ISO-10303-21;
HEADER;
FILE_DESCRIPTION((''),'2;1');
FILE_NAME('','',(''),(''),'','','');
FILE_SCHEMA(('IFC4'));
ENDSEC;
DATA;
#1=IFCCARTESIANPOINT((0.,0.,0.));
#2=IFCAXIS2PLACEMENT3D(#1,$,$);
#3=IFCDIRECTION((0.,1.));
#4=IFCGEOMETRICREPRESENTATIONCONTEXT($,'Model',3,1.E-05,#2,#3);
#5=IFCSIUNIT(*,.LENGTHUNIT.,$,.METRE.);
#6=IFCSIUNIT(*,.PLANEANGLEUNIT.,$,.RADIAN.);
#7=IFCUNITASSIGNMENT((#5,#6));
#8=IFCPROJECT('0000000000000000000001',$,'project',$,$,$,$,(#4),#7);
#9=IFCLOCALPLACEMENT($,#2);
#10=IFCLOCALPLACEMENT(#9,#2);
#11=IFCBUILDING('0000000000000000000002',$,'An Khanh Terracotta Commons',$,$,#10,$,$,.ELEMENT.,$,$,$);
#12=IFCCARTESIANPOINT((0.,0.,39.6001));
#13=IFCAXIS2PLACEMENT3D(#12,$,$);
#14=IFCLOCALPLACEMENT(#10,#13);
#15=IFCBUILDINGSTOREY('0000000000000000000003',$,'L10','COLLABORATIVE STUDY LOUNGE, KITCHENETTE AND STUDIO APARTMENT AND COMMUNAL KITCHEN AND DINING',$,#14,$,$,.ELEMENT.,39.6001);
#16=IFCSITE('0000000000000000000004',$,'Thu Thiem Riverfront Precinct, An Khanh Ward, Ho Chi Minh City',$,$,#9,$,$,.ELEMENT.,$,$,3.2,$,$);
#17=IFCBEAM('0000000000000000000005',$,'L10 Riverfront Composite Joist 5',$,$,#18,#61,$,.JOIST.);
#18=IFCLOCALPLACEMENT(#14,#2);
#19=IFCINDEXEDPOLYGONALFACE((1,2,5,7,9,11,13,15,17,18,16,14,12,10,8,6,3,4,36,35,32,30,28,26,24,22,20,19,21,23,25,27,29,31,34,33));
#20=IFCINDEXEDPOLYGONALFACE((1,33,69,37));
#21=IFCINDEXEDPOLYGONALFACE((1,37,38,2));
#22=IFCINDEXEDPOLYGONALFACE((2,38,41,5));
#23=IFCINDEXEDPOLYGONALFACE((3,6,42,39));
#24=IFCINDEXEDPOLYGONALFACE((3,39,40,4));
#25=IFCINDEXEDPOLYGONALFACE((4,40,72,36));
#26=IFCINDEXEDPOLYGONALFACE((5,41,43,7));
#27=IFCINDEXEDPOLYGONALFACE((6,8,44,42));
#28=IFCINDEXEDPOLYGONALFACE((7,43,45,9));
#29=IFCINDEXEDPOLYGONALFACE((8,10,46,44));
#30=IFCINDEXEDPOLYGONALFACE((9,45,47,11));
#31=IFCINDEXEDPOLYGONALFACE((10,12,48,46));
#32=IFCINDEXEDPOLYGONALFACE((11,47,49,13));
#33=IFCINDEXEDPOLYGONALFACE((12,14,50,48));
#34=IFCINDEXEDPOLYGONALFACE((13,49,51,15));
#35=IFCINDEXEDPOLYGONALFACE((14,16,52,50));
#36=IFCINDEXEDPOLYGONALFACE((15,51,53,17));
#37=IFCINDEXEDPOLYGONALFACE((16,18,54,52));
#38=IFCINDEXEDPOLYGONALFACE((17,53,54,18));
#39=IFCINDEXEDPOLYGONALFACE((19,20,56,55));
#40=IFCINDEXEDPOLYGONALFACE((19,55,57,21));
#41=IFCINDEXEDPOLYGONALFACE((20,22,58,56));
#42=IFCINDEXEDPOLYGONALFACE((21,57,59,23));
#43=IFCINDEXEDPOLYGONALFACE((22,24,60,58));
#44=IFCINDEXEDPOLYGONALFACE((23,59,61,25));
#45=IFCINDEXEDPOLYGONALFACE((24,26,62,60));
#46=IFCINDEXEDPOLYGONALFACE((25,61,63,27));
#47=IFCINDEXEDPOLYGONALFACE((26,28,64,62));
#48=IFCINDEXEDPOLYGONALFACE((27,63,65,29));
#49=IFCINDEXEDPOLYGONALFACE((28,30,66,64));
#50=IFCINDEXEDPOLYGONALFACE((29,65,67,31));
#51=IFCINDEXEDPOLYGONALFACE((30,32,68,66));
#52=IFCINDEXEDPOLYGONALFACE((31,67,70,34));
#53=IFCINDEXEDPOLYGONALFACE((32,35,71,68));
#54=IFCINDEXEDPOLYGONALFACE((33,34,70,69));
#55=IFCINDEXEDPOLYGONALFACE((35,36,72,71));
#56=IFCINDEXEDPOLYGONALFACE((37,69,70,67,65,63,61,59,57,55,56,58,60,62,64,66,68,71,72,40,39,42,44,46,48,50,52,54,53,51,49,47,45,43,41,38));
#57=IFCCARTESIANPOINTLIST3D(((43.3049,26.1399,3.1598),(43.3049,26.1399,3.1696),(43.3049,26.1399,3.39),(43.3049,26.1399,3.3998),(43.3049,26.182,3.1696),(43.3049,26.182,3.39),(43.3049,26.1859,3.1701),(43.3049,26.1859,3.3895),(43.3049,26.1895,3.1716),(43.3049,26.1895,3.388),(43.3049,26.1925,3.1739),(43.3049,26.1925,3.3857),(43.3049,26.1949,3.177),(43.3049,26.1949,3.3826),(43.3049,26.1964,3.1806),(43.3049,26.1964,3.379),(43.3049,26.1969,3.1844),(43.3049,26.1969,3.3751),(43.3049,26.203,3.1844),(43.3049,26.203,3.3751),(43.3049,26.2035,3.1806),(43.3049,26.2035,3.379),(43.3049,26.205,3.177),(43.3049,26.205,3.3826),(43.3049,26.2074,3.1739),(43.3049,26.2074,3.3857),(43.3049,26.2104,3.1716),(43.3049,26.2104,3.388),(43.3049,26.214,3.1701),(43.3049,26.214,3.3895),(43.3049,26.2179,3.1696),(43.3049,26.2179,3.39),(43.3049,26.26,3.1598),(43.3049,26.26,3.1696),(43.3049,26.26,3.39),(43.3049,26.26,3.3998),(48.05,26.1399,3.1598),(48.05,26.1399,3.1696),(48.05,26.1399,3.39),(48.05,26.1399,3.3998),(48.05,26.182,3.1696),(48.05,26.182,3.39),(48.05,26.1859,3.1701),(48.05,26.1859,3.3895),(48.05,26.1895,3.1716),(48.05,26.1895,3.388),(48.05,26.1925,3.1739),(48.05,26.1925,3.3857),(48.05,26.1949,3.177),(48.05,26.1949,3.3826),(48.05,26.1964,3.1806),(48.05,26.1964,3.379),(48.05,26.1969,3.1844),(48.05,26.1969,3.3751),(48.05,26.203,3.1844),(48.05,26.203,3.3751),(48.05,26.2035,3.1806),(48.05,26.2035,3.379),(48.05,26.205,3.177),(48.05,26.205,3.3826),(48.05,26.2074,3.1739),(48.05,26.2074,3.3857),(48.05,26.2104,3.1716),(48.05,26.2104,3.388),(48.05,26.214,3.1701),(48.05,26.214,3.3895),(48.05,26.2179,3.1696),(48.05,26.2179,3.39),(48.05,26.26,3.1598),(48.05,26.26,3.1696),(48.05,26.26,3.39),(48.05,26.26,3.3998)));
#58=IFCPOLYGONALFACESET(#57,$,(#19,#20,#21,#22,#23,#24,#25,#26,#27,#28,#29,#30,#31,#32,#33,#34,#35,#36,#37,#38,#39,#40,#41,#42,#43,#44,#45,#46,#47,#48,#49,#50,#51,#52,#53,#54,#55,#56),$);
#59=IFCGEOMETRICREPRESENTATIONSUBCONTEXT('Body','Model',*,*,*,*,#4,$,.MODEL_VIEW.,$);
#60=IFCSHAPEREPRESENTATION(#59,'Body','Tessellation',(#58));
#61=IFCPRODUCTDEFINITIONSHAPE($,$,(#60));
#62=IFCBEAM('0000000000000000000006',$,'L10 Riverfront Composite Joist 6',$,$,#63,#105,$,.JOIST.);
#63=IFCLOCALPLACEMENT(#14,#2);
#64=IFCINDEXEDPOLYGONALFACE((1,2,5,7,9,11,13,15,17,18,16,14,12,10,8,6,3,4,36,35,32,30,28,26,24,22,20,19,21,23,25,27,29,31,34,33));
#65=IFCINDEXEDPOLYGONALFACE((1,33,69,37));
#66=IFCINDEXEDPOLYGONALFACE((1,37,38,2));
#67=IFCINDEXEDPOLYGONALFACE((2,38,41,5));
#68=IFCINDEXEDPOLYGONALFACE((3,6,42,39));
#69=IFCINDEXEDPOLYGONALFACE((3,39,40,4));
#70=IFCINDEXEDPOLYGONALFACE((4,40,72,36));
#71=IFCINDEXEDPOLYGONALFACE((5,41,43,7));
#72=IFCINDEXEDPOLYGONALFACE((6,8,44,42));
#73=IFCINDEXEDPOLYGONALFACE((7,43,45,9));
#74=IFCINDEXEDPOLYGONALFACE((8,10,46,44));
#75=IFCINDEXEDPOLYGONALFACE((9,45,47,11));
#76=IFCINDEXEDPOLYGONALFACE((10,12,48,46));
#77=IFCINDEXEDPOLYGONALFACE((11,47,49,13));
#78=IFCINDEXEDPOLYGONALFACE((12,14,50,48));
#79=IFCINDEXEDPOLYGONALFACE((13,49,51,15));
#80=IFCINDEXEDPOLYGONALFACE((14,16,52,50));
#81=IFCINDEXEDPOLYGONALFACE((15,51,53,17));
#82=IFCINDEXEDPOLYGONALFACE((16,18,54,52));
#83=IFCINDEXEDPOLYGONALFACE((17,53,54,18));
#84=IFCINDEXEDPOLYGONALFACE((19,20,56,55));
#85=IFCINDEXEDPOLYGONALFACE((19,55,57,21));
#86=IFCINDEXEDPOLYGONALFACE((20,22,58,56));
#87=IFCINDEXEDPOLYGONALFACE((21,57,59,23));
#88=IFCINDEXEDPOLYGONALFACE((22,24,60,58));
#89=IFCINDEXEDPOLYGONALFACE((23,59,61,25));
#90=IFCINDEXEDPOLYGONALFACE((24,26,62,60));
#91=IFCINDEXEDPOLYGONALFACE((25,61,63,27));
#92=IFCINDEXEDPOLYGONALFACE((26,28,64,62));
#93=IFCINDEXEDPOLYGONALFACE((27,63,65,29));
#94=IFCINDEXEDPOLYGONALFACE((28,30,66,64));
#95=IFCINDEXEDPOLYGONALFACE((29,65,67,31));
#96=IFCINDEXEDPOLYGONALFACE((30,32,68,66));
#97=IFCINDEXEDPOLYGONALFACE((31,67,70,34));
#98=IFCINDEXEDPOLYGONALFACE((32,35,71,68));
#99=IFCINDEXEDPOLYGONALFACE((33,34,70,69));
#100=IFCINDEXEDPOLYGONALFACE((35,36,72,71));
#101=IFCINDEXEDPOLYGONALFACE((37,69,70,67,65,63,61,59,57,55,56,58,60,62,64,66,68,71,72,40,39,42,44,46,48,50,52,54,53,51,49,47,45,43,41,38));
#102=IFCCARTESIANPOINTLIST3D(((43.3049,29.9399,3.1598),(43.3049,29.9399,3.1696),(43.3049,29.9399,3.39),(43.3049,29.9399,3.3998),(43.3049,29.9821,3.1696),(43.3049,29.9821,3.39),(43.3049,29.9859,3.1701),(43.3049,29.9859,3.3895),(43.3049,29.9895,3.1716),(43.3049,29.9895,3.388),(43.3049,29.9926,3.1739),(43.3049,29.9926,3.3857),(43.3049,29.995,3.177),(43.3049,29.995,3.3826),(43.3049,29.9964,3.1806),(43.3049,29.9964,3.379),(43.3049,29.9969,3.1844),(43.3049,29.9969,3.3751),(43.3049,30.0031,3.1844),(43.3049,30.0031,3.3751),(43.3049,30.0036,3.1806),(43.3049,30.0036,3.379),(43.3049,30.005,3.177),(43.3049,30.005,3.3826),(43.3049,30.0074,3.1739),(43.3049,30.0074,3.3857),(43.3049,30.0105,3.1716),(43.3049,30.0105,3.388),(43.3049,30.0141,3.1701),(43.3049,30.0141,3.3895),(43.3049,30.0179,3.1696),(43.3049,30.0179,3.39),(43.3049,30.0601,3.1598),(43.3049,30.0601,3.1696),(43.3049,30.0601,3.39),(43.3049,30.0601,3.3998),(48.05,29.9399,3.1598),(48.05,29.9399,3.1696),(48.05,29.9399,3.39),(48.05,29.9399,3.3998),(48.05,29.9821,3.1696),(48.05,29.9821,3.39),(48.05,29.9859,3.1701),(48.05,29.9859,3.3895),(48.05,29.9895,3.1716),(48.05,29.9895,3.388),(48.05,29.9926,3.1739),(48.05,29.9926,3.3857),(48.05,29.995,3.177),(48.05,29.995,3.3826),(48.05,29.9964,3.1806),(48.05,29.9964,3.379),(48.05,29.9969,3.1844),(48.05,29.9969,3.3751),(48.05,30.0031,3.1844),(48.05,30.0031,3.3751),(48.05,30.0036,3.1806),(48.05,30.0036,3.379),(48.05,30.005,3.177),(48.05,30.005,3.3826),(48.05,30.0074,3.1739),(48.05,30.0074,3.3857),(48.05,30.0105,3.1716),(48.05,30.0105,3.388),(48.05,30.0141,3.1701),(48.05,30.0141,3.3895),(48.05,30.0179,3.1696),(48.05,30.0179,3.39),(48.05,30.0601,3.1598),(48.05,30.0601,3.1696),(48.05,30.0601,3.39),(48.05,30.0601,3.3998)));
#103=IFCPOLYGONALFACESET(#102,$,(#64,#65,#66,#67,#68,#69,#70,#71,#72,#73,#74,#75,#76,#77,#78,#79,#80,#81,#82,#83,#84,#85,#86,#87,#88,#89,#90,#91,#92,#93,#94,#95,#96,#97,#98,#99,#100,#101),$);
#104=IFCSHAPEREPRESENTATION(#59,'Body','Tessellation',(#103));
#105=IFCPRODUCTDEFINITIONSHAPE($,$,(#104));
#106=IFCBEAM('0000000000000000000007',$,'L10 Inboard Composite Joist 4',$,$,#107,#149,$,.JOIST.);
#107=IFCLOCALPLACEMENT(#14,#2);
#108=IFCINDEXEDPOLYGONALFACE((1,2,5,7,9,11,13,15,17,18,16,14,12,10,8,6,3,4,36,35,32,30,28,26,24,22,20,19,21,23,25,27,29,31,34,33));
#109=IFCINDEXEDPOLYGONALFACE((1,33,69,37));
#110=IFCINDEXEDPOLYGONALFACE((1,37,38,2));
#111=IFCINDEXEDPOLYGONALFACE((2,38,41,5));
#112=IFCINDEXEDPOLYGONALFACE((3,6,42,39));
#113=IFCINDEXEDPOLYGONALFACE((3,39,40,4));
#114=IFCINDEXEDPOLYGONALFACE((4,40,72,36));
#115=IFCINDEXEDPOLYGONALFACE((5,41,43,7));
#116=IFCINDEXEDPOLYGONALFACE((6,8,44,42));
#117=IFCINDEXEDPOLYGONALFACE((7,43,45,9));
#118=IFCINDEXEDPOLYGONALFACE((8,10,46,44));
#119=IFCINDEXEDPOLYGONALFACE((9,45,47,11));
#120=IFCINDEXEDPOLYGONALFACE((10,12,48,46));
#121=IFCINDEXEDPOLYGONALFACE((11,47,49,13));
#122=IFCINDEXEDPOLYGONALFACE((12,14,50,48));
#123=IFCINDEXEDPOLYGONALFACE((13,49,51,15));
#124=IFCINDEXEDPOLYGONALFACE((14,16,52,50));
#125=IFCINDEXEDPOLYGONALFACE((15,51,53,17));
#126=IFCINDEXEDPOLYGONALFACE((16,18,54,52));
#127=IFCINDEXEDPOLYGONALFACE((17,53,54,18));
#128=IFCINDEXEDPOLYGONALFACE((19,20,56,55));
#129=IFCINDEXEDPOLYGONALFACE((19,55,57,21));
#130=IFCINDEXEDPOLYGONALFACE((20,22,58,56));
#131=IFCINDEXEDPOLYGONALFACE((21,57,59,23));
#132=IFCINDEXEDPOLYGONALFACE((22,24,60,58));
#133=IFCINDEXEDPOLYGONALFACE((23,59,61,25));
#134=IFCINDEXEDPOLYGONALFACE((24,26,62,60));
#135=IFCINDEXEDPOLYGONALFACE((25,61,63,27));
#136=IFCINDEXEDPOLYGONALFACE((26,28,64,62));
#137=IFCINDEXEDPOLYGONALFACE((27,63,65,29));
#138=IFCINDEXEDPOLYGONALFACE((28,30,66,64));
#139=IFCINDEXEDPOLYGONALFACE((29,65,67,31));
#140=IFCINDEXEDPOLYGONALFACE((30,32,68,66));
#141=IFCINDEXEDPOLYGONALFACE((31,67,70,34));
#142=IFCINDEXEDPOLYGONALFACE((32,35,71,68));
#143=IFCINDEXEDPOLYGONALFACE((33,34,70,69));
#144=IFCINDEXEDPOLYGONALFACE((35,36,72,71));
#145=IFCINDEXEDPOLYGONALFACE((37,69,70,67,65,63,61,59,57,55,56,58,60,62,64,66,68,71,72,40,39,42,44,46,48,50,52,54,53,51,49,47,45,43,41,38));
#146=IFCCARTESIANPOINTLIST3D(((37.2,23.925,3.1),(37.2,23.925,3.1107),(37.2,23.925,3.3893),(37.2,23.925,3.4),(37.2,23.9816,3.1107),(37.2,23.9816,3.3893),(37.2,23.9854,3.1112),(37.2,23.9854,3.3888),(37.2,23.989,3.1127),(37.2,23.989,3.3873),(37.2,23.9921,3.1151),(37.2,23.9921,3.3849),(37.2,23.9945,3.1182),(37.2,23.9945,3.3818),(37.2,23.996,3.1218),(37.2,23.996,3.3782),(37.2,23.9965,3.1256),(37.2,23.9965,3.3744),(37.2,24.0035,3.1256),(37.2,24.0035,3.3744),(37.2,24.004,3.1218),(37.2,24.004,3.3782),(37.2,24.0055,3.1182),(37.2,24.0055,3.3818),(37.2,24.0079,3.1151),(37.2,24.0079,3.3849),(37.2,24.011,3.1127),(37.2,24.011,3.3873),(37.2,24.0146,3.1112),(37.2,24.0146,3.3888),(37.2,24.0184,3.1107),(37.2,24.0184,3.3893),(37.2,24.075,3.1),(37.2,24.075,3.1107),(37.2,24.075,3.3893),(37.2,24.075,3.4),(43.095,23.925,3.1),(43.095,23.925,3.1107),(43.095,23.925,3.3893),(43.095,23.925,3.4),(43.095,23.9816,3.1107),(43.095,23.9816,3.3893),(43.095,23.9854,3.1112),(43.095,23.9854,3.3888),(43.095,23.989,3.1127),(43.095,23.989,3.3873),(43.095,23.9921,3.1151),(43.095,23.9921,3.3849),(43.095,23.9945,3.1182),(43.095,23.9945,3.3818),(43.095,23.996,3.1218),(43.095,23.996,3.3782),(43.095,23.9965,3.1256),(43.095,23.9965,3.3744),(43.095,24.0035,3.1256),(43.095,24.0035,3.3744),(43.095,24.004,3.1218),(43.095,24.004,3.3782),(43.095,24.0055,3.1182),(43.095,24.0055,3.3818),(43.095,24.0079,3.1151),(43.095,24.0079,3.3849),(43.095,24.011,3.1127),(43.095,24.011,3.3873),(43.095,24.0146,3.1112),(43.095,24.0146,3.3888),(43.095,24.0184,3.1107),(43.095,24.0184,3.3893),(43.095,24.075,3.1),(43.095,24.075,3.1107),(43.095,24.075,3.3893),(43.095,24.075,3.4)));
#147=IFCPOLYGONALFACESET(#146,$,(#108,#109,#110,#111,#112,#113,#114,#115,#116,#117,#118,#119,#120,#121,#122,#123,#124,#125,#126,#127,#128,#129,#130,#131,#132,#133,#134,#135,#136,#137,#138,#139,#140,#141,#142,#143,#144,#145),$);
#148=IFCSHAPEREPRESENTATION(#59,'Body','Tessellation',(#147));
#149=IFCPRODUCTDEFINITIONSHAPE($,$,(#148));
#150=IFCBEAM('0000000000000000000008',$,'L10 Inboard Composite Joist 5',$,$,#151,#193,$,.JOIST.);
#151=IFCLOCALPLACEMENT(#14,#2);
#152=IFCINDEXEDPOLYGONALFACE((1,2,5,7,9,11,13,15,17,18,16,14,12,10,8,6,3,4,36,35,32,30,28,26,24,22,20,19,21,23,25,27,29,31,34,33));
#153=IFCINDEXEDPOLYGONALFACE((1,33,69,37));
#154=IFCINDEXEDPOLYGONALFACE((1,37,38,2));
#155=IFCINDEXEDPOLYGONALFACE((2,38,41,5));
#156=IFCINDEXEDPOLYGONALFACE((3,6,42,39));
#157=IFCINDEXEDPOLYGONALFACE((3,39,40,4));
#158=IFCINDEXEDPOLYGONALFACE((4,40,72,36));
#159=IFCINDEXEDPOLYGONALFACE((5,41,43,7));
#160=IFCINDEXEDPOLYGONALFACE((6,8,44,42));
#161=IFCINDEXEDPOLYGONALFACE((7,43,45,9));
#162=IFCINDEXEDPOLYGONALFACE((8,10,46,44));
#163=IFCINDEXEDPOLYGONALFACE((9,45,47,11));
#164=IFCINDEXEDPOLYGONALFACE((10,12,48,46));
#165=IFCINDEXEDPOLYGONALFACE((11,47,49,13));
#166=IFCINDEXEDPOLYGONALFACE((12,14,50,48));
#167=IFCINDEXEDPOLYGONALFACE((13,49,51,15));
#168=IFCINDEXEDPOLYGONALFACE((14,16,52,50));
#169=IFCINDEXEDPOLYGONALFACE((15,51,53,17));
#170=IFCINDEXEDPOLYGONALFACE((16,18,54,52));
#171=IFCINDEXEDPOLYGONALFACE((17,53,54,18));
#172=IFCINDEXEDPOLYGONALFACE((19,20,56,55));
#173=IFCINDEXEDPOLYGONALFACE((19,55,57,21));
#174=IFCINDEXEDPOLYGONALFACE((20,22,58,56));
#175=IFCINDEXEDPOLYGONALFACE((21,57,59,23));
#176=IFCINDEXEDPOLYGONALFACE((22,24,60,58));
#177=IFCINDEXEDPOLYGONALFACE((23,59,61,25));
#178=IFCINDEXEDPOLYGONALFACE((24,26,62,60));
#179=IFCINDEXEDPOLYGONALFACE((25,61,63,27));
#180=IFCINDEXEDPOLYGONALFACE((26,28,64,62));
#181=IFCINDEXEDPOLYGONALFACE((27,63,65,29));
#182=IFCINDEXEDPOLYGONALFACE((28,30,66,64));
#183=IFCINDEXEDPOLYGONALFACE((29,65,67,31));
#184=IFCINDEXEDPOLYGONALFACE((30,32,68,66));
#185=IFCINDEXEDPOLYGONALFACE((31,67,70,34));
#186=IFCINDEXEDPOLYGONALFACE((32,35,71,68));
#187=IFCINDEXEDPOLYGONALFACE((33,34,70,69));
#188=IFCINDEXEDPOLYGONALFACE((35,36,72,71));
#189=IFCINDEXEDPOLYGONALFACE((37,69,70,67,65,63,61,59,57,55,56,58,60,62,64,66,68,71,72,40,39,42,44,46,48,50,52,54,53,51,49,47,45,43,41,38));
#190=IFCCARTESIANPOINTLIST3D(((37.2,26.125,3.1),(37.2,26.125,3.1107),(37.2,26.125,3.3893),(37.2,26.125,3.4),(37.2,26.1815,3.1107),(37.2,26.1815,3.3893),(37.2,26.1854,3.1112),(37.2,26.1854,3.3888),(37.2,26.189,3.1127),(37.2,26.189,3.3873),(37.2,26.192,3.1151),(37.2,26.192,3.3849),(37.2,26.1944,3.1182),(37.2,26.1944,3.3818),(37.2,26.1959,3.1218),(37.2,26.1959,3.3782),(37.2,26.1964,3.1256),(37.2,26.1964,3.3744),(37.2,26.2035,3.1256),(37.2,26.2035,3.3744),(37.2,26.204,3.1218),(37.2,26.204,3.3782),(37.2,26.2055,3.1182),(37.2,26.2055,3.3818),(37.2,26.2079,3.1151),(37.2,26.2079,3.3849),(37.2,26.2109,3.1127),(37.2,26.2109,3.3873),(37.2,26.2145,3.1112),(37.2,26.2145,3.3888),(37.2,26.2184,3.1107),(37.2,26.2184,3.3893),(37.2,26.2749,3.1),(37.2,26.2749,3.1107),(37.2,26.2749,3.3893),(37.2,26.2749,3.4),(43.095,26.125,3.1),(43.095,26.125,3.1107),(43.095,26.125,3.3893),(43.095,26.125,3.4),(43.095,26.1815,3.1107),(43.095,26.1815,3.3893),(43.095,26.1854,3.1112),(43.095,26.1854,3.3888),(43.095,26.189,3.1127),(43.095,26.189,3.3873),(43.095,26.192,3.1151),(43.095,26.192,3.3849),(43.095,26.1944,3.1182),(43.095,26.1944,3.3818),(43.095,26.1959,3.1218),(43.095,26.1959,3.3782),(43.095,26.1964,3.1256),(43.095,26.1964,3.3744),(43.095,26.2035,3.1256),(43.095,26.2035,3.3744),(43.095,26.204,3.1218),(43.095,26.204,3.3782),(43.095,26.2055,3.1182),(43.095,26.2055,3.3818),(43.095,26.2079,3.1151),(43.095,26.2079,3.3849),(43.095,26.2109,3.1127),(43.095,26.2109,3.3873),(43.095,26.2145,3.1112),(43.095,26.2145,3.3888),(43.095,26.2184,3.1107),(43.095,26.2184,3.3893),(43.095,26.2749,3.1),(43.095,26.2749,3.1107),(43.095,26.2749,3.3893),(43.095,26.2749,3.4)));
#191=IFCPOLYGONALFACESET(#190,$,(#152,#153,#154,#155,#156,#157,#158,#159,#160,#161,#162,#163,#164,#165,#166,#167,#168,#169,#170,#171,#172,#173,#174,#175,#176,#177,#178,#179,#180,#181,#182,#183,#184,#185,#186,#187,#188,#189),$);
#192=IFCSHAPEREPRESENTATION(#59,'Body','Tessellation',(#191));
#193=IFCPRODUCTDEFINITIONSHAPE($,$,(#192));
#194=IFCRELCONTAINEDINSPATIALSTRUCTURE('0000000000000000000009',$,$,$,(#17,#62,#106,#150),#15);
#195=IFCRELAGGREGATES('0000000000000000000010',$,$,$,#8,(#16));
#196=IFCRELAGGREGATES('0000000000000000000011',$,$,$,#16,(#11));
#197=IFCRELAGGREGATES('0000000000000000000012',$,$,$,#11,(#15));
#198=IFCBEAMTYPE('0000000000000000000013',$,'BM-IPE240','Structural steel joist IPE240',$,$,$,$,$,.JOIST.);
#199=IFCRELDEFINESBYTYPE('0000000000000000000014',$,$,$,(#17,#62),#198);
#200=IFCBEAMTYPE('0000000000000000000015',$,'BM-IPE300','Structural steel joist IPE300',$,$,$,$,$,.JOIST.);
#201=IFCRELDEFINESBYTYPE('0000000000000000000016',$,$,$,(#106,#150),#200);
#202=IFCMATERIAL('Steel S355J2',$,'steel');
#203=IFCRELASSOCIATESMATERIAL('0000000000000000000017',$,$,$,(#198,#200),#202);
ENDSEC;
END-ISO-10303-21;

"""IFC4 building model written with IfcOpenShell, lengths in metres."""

from ifc_helpers import new_model, si_unit, direction, frame, origin, origin_2d, place, context, subcontext, project, spatial, i_section, extrude, material, material_profile, profile_set, type_object, element, save


model = new_model("IFC4")

# Units and contexts
model_context = context("Model", 3, precision=1e-05, world=origin(), true_north=direction((0.0, 1.0)))
body_context = subcontext(model_context, "Body", "Model", "MODEL_VIEW")
ifc_project = project(units=[si_unit("LENGTHUNIT", "METRE"), si_unit("PLANEANGLEUNIT", "RADIAN")], contexts=[model_context])

# Site, building, storey
site_placement = place(None, origin())
site = spatial("IfcSite", under=ifc_project, at=site_placement, Name="Thu Thiem Riverfront Precinct, An Khanh Ward, Ho Chi Minh City", CompositionType="ELEMENT", RefElevation=3.2)
building_placement = place(site_placement, origin())
building = spatial("IfcBuilding", under=site, at=building_placement, Name="An Khanh Terracotta Commons", CompositionType="ELEMENT")
storey_placement = place(building_placement, frame((0.0, 0.0, 39.6001)))
storey = spatial("IfcBuildingStorey", under=building, at=storey_placement, Name="L10", Description="COLLABORATIVE STUDY LOUNGE, KITCHENETTE AND STUDIO APARTMENT AND COMMUNAL KITCHEN AND DINING", CompositionType="ELEMENT", Elevation=39.6001)

# Beams
ifc_material_1 = material(Name="Steel S355J2", Category="steel")
ifc_material_profile_1 = material_profile(ifc_material_1, i_section(OverallWidth=0.1201, OverallDepth=0.24, WebThickness=0.0061, FlangeThickness=0.0098, FilletRadius=0.0149, at=origin_2d()), Name="IPE240")
ifc_profile_set_1 = profile_set([ifc_material_profile_1], Name="Steel S355J2")
beam_type_1 = type_object("IfcBeamType", Name="BM-IPE240", Description="Structural steel joist IPE240", PredefinedType="JOIST", material=ifc_profile_set_1)
for number, where, z_axis, x_axis, name in (
    (1, (43.3049, 26.2, 3.2798), (1.0, 0.0, 0.0), (0.0, 1.0, 0.0), "L10 Riverfront Composite Joist 5"),
    (2, (43.3049, 30.0, 3.2798), (1.0, 0.0, 0.0), (0.0, 1.0, 0.0), "L10 Riverfront Composite Joist 6"),
):
    element("IfcBeam", number, at=place(storey_placement, frame(where, z_axis=z_axis, x_axis=x_axis)), inside=storey, type_object=beam_type_1, Name=name, PredefinedType="JOIST", context=body_context, shape_type="SweptSolid", body=[
        extrude(i_section(OverallWidth=0.1201, OverallDepth=0.24, WebThickness=0.0061, FlangeThickness=0.0098, FilletRadius=0.0149, at=origin_2d()), origin(), (0.0, 0.0, 1.0), 4.7451),
    ])
ifc_material_profile_2 = material_profile(ifc_material_1, i_section(OverallWidth=0.1499, OverallDepth=0.3, WebThickness=0.0071, FlangeThickness=0.0107, FilletRadius=0.0149, at=origin_2d()), Name="IPE300")
ifc_profile_set_2 = profile_set([ifc_material_profile_2], Name="Steel S355J2")
beam_type_2 = type_object("IfcBeamType", Name="BM-IPE300", Description="Structural steel joist IPE300", PredefinedType="JOIST", material=ifc_profile_set_2)
for number, where, z_axis, x_axis, name in (
    (3, (37.2, 24.0, 3.25), (1.0, 0.0, 0.0), (0.0, 1.0, 0.0), "L10 Inboard Composite Joist 4"),
    (4, (37.2, 26.2, 3.25), (1.0, 0.0, 0.0), (0.0, 1.0, 0.0), "L10 Inboard Composite Joist 5"),
):
    element("IfcBeam", number, at=place(storey_placement, frame(where, z_axis=z_axis, x_axis=x_axis)), inside=storey, type_object=beam_type_2, Name=name, PredefinedType="JOIST", context=body_context, shape_type="SweptSolid", body=[
        extrude(i_section(OverallWidth=0.1499, OverallDepth=0.3, WebThickness=0.0071, FlangeThickness=0.0107, FilletRadius=0.0149, at=origin_2d()), origin(), (0.0, 0.0, 1.0), 5.895),
    ])

save(model, "model.ifc")
